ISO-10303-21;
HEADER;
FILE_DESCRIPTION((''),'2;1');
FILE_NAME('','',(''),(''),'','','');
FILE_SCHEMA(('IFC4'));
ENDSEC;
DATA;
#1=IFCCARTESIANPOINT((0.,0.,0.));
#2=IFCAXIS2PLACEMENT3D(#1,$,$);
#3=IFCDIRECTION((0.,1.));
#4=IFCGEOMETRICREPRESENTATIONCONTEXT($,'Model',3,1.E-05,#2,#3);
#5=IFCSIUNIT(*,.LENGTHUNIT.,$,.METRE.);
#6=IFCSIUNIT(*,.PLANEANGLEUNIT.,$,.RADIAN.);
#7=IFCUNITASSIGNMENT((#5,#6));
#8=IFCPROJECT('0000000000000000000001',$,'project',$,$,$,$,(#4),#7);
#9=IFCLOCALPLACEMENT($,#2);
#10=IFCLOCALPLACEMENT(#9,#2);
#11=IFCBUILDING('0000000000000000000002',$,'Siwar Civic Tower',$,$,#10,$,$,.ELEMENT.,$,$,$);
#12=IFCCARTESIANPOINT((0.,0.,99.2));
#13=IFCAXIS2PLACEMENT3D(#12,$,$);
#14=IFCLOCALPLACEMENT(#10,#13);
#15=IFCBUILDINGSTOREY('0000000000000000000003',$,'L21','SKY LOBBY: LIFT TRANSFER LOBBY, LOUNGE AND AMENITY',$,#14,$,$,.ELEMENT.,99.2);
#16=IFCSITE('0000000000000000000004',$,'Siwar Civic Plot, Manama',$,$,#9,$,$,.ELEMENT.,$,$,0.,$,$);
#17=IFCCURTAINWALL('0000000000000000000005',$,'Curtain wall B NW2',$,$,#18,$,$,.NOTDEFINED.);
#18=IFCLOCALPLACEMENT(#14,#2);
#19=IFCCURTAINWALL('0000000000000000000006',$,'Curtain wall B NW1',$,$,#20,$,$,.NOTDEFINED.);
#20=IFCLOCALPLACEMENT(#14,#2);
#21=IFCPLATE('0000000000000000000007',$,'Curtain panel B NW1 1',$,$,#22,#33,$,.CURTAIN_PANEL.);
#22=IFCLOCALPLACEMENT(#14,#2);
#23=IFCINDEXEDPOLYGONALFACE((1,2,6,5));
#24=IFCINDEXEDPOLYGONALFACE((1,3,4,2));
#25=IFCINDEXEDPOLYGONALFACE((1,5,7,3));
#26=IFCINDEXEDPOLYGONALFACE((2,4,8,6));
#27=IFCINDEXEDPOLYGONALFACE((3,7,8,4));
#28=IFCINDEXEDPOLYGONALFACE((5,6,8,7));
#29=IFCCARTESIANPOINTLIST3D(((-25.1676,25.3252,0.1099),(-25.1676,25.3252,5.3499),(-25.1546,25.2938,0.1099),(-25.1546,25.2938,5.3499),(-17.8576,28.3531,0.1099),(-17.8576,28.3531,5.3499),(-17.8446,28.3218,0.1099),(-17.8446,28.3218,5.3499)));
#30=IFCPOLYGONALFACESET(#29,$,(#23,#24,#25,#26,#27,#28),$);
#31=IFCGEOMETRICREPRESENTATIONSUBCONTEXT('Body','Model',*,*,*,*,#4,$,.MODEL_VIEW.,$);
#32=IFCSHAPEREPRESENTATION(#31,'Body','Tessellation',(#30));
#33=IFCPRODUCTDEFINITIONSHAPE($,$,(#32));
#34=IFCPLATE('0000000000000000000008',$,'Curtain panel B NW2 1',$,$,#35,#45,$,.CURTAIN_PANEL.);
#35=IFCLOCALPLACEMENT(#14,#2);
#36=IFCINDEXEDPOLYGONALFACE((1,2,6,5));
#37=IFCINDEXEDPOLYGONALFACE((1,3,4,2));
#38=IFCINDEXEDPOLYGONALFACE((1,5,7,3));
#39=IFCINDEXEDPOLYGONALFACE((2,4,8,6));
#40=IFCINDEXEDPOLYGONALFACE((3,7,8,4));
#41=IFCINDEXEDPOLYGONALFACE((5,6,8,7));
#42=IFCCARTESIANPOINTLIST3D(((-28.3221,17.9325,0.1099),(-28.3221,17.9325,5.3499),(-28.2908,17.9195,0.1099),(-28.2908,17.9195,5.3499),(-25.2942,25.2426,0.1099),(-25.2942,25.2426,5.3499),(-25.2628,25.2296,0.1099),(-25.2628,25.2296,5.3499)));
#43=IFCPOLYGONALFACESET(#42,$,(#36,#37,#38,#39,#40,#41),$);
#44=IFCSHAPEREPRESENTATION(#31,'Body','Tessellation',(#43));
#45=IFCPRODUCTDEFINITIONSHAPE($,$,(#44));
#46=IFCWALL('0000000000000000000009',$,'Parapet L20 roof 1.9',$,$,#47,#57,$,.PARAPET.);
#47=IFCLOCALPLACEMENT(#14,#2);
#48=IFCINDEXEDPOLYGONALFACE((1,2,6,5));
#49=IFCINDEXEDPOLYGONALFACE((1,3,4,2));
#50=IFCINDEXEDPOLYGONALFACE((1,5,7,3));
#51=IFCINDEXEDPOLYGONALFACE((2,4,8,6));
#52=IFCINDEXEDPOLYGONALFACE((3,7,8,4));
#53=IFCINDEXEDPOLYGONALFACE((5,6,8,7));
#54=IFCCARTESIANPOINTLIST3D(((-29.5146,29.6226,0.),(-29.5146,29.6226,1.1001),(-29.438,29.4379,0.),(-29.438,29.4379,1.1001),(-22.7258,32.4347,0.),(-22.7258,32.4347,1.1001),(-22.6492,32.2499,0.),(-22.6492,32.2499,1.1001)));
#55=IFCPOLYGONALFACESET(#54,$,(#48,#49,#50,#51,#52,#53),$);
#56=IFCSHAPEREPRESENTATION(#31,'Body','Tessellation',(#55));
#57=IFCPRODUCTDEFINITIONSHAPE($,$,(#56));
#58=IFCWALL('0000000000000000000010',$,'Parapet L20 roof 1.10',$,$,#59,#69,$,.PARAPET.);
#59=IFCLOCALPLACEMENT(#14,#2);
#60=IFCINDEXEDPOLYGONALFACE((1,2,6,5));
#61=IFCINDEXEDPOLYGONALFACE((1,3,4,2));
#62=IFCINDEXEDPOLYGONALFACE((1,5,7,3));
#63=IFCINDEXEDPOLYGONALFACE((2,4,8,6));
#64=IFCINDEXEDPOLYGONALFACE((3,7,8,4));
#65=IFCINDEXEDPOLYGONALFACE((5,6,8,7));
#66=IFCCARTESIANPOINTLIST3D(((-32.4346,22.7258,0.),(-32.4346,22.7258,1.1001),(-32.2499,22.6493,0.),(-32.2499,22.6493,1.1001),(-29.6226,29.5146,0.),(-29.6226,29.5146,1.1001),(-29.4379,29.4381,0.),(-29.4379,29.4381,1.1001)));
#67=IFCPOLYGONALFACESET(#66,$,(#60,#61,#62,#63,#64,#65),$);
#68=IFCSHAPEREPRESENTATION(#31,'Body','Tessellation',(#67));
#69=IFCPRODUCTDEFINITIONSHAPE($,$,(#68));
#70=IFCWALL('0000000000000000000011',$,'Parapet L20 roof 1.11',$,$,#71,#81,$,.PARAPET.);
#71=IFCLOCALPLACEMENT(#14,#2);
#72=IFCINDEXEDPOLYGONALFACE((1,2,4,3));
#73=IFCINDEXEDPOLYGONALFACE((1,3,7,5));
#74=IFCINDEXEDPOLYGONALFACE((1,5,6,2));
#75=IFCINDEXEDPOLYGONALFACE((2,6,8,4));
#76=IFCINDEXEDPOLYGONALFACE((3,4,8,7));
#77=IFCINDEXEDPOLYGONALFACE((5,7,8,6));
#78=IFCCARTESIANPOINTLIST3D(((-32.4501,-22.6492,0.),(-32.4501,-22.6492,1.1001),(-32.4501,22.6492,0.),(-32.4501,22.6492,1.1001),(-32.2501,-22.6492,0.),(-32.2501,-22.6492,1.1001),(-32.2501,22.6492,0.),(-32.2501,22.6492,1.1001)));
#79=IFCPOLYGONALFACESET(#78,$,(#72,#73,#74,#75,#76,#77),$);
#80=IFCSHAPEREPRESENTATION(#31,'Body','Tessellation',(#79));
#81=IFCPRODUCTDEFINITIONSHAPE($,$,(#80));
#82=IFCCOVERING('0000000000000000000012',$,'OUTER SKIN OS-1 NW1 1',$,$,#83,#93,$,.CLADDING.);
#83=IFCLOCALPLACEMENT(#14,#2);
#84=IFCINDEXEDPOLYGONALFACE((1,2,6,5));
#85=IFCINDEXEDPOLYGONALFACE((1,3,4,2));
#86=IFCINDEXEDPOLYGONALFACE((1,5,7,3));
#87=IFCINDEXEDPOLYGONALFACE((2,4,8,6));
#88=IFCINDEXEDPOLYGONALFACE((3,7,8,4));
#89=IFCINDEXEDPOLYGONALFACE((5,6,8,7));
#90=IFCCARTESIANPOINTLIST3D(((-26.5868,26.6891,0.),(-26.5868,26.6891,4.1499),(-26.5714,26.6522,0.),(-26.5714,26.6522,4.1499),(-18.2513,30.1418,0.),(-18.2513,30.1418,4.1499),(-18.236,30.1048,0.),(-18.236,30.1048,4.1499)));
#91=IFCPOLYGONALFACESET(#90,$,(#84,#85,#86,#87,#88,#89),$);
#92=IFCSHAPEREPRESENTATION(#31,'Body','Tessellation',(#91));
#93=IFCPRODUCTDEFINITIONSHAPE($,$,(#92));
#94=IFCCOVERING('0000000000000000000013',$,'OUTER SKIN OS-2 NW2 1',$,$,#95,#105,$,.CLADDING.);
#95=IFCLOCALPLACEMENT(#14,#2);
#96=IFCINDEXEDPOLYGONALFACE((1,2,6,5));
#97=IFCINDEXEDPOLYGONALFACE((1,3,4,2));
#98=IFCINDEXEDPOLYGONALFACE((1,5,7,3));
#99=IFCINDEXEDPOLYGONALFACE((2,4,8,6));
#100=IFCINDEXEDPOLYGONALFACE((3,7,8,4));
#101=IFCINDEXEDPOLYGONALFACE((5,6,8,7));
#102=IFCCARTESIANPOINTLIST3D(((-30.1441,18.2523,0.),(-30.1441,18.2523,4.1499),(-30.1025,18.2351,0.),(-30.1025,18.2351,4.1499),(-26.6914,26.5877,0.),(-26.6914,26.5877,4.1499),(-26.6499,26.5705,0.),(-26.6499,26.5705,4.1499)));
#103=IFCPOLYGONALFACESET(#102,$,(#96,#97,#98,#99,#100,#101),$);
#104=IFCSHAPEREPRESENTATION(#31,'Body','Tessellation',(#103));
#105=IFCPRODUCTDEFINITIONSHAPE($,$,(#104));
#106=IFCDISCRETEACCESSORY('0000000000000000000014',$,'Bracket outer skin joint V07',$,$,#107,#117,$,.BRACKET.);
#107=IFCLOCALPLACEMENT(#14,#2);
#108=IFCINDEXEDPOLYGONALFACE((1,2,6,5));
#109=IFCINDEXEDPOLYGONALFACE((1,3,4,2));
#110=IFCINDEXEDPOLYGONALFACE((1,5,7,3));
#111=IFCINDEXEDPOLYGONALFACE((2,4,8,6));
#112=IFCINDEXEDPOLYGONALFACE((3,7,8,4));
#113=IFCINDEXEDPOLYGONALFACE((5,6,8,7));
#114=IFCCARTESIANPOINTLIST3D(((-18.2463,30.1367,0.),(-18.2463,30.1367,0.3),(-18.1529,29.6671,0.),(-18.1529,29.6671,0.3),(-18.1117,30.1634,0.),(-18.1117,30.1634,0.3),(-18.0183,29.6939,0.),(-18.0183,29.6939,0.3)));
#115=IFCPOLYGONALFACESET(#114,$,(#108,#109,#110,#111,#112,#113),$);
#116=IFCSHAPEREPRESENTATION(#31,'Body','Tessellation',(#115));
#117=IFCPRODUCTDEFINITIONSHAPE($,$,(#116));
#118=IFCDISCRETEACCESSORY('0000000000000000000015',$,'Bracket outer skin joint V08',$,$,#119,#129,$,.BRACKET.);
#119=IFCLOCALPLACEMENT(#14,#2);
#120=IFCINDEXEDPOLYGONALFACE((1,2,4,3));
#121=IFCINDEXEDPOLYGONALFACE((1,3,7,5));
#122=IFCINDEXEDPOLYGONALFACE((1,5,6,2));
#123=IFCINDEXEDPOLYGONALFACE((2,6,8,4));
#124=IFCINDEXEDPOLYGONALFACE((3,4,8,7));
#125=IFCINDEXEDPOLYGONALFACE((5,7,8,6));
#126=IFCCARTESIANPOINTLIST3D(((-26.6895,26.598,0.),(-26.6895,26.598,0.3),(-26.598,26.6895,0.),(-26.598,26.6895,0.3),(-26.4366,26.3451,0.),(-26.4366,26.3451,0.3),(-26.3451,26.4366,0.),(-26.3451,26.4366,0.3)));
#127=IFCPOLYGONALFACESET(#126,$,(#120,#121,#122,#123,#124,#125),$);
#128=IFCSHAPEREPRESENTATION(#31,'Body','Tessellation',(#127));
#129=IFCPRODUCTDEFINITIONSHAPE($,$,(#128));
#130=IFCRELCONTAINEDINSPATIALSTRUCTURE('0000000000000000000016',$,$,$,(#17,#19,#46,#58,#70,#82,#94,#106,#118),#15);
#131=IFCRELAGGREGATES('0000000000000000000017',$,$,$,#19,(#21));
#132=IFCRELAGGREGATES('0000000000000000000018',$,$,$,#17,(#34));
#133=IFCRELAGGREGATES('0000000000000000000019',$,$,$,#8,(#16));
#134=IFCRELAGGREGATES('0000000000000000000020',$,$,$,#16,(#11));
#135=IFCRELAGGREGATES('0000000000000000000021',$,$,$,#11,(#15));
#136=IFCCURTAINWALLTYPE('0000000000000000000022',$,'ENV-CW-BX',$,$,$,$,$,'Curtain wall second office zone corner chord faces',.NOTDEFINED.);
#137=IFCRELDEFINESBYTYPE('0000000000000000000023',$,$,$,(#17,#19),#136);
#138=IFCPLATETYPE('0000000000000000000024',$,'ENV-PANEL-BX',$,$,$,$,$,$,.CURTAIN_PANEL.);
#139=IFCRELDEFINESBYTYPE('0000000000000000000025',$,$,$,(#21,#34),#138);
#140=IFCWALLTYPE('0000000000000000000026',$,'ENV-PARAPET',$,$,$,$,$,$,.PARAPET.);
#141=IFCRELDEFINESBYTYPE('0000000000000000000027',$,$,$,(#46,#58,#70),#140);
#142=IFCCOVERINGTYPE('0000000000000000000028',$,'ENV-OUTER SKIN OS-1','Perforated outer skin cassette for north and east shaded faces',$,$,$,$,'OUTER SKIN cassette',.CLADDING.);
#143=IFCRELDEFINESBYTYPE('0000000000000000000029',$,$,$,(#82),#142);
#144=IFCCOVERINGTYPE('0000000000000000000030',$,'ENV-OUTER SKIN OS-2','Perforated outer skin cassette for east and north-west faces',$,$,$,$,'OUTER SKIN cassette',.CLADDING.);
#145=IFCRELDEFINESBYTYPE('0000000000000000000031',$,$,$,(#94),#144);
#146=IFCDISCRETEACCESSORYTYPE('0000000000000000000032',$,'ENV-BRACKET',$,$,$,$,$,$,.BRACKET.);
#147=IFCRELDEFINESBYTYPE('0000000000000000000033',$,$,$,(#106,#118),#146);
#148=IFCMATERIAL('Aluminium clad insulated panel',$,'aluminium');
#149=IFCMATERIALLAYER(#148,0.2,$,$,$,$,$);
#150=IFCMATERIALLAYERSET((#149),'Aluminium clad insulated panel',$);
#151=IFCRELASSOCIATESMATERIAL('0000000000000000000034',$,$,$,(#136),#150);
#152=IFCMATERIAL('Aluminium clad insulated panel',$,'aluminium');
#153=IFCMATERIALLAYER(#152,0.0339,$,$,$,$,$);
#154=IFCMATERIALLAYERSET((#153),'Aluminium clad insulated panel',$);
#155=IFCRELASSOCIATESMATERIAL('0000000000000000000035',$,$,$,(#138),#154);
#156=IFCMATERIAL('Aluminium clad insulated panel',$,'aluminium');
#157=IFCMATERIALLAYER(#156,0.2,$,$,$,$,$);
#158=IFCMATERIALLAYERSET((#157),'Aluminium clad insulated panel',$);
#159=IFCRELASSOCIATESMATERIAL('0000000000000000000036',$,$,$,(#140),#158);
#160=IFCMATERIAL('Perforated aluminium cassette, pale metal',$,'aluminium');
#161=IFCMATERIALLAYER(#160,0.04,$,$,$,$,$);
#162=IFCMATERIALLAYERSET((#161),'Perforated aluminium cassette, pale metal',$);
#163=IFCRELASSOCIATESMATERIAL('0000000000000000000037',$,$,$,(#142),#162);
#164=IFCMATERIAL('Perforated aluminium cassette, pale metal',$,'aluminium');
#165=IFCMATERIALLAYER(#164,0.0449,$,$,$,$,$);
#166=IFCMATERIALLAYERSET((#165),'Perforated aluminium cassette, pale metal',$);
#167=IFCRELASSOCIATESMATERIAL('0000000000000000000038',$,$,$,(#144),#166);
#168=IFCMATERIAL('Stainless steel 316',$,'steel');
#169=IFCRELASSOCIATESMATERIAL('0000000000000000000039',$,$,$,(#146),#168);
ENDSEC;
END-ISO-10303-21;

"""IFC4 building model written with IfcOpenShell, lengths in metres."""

from ifc_helpers import new_model, si_unit, direction, frame, frame_2d, origin, origin_2d, place, context, subcontext, project, spatial, rectangle, extrude, material, layer, layer_set, type_object, element, aggregate, save


model = new_model("IFC4")

# Units and contexts
model_context = context("Model", 3, precision=1e-05, world=origin(), true_north=direction((0.0, 1.0)))
body_context = subcontext(model_context, "Body", "Model", "MODEL_VIEW")
ifc_project = project(units=[si_unit("LENGTHUNIT", "METRE"), si_unit("PLANEANGLEUNIT", "RADIAN")], contexts=[model_context])

# Site, building, storey
site_placement = place(None, origin())
site = spatial("IfcSite", under=ifc_project, at=site_placement, Name="Siwar Civic Plot, Manama", CompositionType="ELEMENT", RefElevation=0.0)
building_placement = place(site_placement, origin())
building = spatial("IfcBuilding", under=site, at=building_placement, Name="Siwar Civic Tower", CompositionType="ELEMENT")
storey_placement = place(building_placement, frame((0.0, 0.0, 99.2)))
storey = spatial("IfcBuildingStorey", under=building, at=storey_placement, Name="L21", Description="SKY LOBBY: LIFT TRANSFER LOBBY, LOUNGE AND AMENITY", CompositionType="ELEMENT", Elevation=99.2)

# Curtain walls
ifc_material_1 = material(Name="Aluminium clad insulated panel", Category="aluminium")
ifc_layer_1 = layer(ifc_material_1, 0.2)
ifc_layer_set_1 = layer_set([ifc_layer_1], Name="Aluminium clad insulated panel")
curtain_wall_type = type_object("IfcCurtainWallType", Name="ENV-CW-BX", ElementType="Curtain wall second office zone corner chord faces", PredefinedType="NOTDEFINED", material=ifc_layer_set_1)
curtain_wall_1_placement = place(storey_placement, origin())
curtain_wall_1 = element("IfcCurtainWall", 1, at=curtain_wall_1_placement, inside=storey, type_object=curtain_wall_type, Name="Curtain wall B NW2", PredefinedType="NOTDEFINED")
curtain_wall_2_placement = place(storey_placement, origin())
curtain_wall_2 = element("IfcCurtainWall", 2, at=curtain_wall_2_placement, inside=storey, type_object=curtain_wall_type, Name="Curtain wall B NW1", PredefinedType="NOTDEFINED")

# Plates
ifc_material_2 = material(Name="Aluminium clad insulated panel", Category="aluminium")
ifc_layer_2 = layer(ifc_material_2, 0.0339)
ifc_layer_set_2 = layer_set([ifc_layer_2], Name="Aluminium clad insulated panel")
plate_type = type_object("IfcPlateType", Name="ENV-PANEL-BX", PredefinedType="CURTAIN_PANEL", material=ifc_layer_set_2)
plate_1_placement = place(storey_placement, frame((-21.5061, 26.8235, 0.1099), z_axis=(0.0, 0.0, 1.0), x_axis=(-0.92388, -0.382683, 0.0)))
plate_1 = element("IfcPlate", 3, at=plate_1_placement, type_object=plate_type, Name="Curtain panel B NW1 1", PredefinedType="CURTAIN_PANEL", context=body_context, shape_type="SweptSolid", body=[
    extrude(rectangle(XDim=7.9124, YDim=0.0339, at=origin_2d()), origin(), (0.0, 0.0, 1.0), 5.24),
])
aggregate(curtain_wall_2, [plate_1])
plate_2_placement = place(storey_placement, frame((-26.7925, 21.5811, 0.1099), z_axis=(0.0, 0.0, 1.0), x_axis=(-0.382683, -0.92388, 0.0)))
plate_2 = element("IfcPlate", 4, at=plate_2_placement, type_object=plate_type, Name="Curtain panel B NW2 1", PredefinedType="CURTAIN_PANEL", context=body_context, shape_type="SweptSolid", body=[
    extrude(rectangle(XDim=7.9124, YDim=0.0339, at=origin_2d()), origin(), (0.0, 0.0, 1.0), 5.24),
])
aggregate(curtain_wall_1, [plate_2])

# Walls
ifc_material_3 = material(Name="Aluminium clad insulated panel", Category="aluminium")
ifc_layer_3 = layer(ifc_material_3, 0.2)
ifc_layer_set_3 = layer_set([ifc_layer_3], Name="Aluminium clad insulated panel")
wall_type = type_object("IfcWallType", Name="ENV-PARAPET", PredefinedType="PARAPET", material=ifc_layer_set_3)
for number, where, z_axis, x_axis, name in (
    (5, (-22.6875, 32.3423, 0.0), (0.0, 0.0, 1.0), (-0.92388, -0.382682, 0.0), "Parapet L20 roof 1.9"),
    (6, (-29.5303, 29.4763, 0.0), (0.0, 0.0, 1.0), (-0.382682, -0.92388, 0.0), "Parapet L20 roof 1.10"),
):
    element("IfcWall", number, at=place(storey_placement, frame(where, z_axis=z_axis, x_axis=x_axis)), inside=storey, type_object=wall_type, Name=name, PredefinedType="PARAPET", context=body_context, shape_type="SweptSolid", body=[
        extrude(rectangle(XDim=7.3481, YDim=0.2, at=frame_2d((3.6741, 0.0))), origin(), (0.0, 0.0, 1.0), 1.1001),
    ])
wall_placement = place(storey_placement, frame((-32.3501, 22.6492, 0.0), z_axis=(0.0, 0.0, 1.0), x_axis=(0.0, -1.0, 0.0)))
element("IfcWall", 7, at=wall_placement, inside=storey, type_object=wall_type, Name="Parapet L20 roof 1.11", PredefinedType="PARAPET", context=body_context, shape_type="SweptSolid", body=[
    extrude(rectangle(XDim=45.2983, YDim=0.2, at=frame_2d((22.6492, 0.0))), origin(), (0.0, 0.0, 1.0), 1.1001),
])

# Coverings
ifc_material_4 = material(Name="Perforated aluminium cassette, pale metal", Category="aluminium")
ifc_layer_4 = layer(ifc_material_4, 0.04)
ifc_layer_set_4 = layer_set([ifc_layer_4], Name="Perforated aluminium cassette, pale metal")
covering_type_1 = type_object("IfcCoveringType", Name="ENV-OUTER SKIN OS-1", Description="Perforated outer skin cassette for north and east shaded faces", ElementType="OUTER SKIN cassette", PredefinedType="CLADDING", material=ifc_layer_set_4)
covering_1_placement = place(storey_placement, frame((-22.4114, 28.397, 0.0), z_axis=(0.0, 0.0, 1.0), x_axis=(-0.92388, -0.382683, 0.0)))
element("IfcCovering", 8, at=covering_1_placement, inside=storey, type_object=covering_type_1, Name="OUTER SKIN OS-1 NW1 1", PredefinedType="CLADDING", context=body_context, shape_type="SweptSolid", body=[
    extrude(rectangle(XDim=9.0222, YDim=0.04, at=origin_2d()), origin(), (0.0, 0.0, 1.0), 4.1499),
])
ifc_material_5 = material(Name="Perforated aluminium cassette, pale metal", Category="aluminium")
ifc_layer_5 = layer(ifc_material_5, 0.0449)
ifc_layer_set_5 = layer_set([ifc_layer_5], Name="Perforated aluminium cassette, pale metal")
covering_type_2 = type_object("IfcCoveringType", Name="ENV-OUTER SKIN OS-2", Description="Perforated outer skin cassette for east and north-west faces", ElementType="OUTER SKIN cassette", PredefinedType="CLADDING", material=ifc_layer_set_5)
covering_2_placement = place(storey_placement, frame((-28.397, 22.4114, 0.0), z_axis=(0.0, 0.0, 1.0), x_axis=(-0.382683, -0.92388, 0.0)))
element("IfcCovering", 9, at=covering_2_placement, inside=storey, type_object=covering_type_2, Name="OUTER SKIN OS-2 NW2 1", PredefinedType="CLADDING", context=body_context, shape_type="SweptSolid", body=[
    extrude(rectangle(XDim=9.0222, YDim=0.0449, at=origin_2d()), origin(), (0.0, 0.0, 1.0), 4.1499),
])

# Discrete accessories
ifc_material_6 = material(Name="Stainless steel 316", Category="steel")
discrete_accessory_type = type_object("IfcDiscreteAccessoryType", Name="ENV-BRACKET", PredefinedType="BRACKET", material=ifc_material_6)
discrete_accessory_1_placement = place(storey_placement, frame((-18.1323, 29.9153, 0.0), z_axis=(0.0, 0.0, 1.0), x_axis=(-0.19509, 0.980785, 0.0)))
element("IfcDiscreteAccessory", 10, at=discrete_accessory_1_placement, inside=storey, type_object=discrete_accessory_type, Name="Bracket outer skin joint V07", PredefinedType="BRACKET", context=body_context, shape_type="SweptSolid", body=[
    extrude(rectangle(XDim=0.4788, YDim=0.1372, at=origin_2d()), origin(), (0.0, 0.0, 1.0), 0.3),
])
discrete_accessory_2_placement = place(storey_placement, frame((-26.5173, 26.5173, 0.0), z_axis=(0.0, 0.0, 1.0), x_axis=(-0.707107, 0.707107, 0.0)))
element("IfcDiscreteAccessory", 11, at=discrete_accessory_2_placement, inside=storey, type_object=discrete_accessory_type, Name="Bracket outer skin joint V08", PredefinedType="BRACKET", context=body_context, shape_type="SweptSolid", body=[
    extrude(rectangle(XDim=0.3577, YDim=0.1294, at=origin_2d()), origin(), (0.0, 0.0, 1.0), 0.3),
])

save(model, "model.ifc")
